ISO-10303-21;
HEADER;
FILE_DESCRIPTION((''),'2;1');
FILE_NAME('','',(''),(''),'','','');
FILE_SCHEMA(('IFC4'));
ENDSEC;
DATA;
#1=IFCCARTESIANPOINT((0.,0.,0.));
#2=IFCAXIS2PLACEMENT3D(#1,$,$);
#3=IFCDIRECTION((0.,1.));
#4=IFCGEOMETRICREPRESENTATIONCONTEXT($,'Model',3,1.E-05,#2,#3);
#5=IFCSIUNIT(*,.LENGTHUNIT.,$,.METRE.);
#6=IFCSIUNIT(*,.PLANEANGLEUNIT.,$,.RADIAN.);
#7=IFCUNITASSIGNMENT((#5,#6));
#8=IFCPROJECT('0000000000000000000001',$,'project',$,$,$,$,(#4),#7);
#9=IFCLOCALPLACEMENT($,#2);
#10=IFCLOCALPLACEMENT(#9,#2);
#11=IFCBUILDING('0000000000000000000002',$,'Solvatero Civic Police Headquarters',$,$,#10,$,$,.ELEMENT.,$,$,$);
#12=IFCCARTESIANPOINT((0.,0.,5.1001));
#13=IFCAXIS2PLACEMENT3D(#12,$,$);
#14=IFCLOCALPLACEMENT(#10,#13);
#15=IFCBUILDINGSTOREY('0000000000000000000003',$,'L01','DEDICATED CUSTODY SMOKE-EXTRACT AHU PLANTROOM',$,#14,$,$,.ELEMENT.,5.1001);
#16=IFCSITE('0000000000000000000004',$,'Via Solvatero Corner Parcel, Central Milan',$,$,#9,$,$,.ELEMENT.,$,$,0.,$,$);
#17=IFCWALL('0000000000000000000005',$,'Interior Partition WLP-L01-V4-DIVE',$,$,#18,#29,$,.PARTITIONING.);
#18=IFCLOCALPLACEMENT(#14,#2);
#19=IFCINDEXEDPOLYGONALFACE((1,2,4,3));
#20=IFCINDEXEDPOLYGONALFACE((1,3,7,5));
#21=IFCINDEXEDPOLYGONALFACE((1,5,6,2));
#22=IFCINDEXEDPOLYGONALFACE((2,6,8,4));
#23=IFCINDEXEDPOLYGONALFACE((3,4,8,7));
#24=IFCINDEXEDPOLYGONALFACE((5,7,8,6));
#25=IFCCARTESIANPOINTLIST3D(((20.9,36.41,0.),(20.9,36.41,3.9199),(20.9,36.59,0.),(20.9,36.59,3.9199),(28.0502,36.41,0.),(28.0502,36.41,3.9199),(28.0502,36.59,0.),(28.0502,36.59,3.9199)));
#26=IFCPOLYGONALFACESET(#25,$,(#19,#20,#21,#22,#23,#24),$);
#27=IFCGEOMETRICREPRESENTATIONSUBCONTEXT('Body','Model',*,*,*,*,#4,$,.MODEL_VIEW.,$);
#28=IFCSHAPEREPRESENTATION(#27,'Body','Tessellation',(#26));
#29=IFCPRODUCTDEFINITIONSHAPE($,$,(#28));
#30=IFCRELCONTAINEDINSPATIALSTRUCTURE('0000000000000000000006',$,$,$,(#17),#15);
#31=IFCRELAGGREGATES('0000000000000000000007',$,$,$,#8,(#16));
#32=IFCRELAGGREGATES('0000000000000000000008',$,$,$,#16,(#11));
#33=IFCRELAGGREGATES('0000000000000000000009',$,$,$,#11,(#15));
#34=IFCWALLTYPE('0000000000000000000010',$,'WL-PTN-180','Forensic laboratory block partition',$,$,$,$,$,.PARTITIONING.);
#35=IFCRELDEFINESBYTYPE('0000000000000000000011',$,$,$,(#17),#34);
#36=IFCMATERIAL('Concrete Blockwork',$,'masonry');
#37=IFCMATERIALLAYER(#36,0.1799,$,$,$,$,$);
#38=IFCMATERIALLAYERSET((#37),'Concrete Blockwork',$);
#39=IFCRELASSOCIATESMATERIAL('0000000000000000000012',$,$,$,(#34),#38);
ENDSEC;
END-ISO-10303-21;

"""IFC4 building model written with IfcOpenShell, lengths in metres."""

from ifc_helpers import new_model, si_unit, direction, frame, frame_2d, origin, place, context, subcontext, project, spatial, rectangle, extrude, material, layer, layer_set, type_object, element, save


model = new_model("IFC4")

# Units and contexts
model_context = context("Model", 3, precision=1e-05, world=origin(), true_north=direction((0.0, 1.0)))
body_context = subcontext(model_context, "Body", "Model", "MODEL_VIEW")
ifc_project = project(units=[si_unit("LENGTHUNIT", "METRE"), si_unit("PLANEANGLEUNIT", "RADIAN")], contexts=[model_context])

# Site, building, storey
site_placement = place(None, origin())
site = spatial("IfcSite", under=ifc_project, at=site_placement, Name="Via Solvatero Corner Parcel, Central Milan", CompositionType="ELEMENT", RefElevation=0.0)
building_placement = place(site_placement, origin())
building = spatial("IfcBuilding", under=site, at=building_placement, Name="Solvatero Civic Police Headquarters", CompositionType="ELEMENT")
storey_placement = place(building_placement, frame((0.0, 0.0, 5.1001)))
storey = spatial("IfcBuildingStorey", under=building, at=storey_placement, Name="L01", Description="DEDICATED CUSTODY SMOKE-EXTRACT AHU PLANTROOM", CompositionType="ELEMENT", Elevation=5.1001)

# Shared definitions
ifc_material_1 = material(Name="Concrete Blockwork", Category="masonry")
ifc_layer_1 = layer(ifc_material_1, 0.1799)
ifc_layer_set_1 = layer_set([ifc_layer_1], Name="Concrete Blockwork")
wall_type = type_object("IfcWallType", Name="WL-PTN-180", Description="Forensic laboratory block partition", PredefinedType="PARTITIONING", material=ifc_layer_set_1)

# Wall
wall_1_placement = place(storey_placement, frame((20.8999, 36.5, 0.0), z_axis=(0.0, 0.0, 1.0), x_axis=(1.0, 0.0, 0.0)))
element("IfcWall", 1, at=wall_1_placement, inside=storey, type_object=wall_type, Name="Interior Partition WLP-L01-V4-DIVE", PredefinedType="PARTITIONING", context=body_context, shape_type="SweptSolid", body=[
    extrude(rectangle(XDim=7.1501, YDim=0.1799, at=frame_2d((3.5752, 0.0))), origin(), (0.0, 0.0, 1.0), 3.9199),
])

save(model, "model.ifc")
